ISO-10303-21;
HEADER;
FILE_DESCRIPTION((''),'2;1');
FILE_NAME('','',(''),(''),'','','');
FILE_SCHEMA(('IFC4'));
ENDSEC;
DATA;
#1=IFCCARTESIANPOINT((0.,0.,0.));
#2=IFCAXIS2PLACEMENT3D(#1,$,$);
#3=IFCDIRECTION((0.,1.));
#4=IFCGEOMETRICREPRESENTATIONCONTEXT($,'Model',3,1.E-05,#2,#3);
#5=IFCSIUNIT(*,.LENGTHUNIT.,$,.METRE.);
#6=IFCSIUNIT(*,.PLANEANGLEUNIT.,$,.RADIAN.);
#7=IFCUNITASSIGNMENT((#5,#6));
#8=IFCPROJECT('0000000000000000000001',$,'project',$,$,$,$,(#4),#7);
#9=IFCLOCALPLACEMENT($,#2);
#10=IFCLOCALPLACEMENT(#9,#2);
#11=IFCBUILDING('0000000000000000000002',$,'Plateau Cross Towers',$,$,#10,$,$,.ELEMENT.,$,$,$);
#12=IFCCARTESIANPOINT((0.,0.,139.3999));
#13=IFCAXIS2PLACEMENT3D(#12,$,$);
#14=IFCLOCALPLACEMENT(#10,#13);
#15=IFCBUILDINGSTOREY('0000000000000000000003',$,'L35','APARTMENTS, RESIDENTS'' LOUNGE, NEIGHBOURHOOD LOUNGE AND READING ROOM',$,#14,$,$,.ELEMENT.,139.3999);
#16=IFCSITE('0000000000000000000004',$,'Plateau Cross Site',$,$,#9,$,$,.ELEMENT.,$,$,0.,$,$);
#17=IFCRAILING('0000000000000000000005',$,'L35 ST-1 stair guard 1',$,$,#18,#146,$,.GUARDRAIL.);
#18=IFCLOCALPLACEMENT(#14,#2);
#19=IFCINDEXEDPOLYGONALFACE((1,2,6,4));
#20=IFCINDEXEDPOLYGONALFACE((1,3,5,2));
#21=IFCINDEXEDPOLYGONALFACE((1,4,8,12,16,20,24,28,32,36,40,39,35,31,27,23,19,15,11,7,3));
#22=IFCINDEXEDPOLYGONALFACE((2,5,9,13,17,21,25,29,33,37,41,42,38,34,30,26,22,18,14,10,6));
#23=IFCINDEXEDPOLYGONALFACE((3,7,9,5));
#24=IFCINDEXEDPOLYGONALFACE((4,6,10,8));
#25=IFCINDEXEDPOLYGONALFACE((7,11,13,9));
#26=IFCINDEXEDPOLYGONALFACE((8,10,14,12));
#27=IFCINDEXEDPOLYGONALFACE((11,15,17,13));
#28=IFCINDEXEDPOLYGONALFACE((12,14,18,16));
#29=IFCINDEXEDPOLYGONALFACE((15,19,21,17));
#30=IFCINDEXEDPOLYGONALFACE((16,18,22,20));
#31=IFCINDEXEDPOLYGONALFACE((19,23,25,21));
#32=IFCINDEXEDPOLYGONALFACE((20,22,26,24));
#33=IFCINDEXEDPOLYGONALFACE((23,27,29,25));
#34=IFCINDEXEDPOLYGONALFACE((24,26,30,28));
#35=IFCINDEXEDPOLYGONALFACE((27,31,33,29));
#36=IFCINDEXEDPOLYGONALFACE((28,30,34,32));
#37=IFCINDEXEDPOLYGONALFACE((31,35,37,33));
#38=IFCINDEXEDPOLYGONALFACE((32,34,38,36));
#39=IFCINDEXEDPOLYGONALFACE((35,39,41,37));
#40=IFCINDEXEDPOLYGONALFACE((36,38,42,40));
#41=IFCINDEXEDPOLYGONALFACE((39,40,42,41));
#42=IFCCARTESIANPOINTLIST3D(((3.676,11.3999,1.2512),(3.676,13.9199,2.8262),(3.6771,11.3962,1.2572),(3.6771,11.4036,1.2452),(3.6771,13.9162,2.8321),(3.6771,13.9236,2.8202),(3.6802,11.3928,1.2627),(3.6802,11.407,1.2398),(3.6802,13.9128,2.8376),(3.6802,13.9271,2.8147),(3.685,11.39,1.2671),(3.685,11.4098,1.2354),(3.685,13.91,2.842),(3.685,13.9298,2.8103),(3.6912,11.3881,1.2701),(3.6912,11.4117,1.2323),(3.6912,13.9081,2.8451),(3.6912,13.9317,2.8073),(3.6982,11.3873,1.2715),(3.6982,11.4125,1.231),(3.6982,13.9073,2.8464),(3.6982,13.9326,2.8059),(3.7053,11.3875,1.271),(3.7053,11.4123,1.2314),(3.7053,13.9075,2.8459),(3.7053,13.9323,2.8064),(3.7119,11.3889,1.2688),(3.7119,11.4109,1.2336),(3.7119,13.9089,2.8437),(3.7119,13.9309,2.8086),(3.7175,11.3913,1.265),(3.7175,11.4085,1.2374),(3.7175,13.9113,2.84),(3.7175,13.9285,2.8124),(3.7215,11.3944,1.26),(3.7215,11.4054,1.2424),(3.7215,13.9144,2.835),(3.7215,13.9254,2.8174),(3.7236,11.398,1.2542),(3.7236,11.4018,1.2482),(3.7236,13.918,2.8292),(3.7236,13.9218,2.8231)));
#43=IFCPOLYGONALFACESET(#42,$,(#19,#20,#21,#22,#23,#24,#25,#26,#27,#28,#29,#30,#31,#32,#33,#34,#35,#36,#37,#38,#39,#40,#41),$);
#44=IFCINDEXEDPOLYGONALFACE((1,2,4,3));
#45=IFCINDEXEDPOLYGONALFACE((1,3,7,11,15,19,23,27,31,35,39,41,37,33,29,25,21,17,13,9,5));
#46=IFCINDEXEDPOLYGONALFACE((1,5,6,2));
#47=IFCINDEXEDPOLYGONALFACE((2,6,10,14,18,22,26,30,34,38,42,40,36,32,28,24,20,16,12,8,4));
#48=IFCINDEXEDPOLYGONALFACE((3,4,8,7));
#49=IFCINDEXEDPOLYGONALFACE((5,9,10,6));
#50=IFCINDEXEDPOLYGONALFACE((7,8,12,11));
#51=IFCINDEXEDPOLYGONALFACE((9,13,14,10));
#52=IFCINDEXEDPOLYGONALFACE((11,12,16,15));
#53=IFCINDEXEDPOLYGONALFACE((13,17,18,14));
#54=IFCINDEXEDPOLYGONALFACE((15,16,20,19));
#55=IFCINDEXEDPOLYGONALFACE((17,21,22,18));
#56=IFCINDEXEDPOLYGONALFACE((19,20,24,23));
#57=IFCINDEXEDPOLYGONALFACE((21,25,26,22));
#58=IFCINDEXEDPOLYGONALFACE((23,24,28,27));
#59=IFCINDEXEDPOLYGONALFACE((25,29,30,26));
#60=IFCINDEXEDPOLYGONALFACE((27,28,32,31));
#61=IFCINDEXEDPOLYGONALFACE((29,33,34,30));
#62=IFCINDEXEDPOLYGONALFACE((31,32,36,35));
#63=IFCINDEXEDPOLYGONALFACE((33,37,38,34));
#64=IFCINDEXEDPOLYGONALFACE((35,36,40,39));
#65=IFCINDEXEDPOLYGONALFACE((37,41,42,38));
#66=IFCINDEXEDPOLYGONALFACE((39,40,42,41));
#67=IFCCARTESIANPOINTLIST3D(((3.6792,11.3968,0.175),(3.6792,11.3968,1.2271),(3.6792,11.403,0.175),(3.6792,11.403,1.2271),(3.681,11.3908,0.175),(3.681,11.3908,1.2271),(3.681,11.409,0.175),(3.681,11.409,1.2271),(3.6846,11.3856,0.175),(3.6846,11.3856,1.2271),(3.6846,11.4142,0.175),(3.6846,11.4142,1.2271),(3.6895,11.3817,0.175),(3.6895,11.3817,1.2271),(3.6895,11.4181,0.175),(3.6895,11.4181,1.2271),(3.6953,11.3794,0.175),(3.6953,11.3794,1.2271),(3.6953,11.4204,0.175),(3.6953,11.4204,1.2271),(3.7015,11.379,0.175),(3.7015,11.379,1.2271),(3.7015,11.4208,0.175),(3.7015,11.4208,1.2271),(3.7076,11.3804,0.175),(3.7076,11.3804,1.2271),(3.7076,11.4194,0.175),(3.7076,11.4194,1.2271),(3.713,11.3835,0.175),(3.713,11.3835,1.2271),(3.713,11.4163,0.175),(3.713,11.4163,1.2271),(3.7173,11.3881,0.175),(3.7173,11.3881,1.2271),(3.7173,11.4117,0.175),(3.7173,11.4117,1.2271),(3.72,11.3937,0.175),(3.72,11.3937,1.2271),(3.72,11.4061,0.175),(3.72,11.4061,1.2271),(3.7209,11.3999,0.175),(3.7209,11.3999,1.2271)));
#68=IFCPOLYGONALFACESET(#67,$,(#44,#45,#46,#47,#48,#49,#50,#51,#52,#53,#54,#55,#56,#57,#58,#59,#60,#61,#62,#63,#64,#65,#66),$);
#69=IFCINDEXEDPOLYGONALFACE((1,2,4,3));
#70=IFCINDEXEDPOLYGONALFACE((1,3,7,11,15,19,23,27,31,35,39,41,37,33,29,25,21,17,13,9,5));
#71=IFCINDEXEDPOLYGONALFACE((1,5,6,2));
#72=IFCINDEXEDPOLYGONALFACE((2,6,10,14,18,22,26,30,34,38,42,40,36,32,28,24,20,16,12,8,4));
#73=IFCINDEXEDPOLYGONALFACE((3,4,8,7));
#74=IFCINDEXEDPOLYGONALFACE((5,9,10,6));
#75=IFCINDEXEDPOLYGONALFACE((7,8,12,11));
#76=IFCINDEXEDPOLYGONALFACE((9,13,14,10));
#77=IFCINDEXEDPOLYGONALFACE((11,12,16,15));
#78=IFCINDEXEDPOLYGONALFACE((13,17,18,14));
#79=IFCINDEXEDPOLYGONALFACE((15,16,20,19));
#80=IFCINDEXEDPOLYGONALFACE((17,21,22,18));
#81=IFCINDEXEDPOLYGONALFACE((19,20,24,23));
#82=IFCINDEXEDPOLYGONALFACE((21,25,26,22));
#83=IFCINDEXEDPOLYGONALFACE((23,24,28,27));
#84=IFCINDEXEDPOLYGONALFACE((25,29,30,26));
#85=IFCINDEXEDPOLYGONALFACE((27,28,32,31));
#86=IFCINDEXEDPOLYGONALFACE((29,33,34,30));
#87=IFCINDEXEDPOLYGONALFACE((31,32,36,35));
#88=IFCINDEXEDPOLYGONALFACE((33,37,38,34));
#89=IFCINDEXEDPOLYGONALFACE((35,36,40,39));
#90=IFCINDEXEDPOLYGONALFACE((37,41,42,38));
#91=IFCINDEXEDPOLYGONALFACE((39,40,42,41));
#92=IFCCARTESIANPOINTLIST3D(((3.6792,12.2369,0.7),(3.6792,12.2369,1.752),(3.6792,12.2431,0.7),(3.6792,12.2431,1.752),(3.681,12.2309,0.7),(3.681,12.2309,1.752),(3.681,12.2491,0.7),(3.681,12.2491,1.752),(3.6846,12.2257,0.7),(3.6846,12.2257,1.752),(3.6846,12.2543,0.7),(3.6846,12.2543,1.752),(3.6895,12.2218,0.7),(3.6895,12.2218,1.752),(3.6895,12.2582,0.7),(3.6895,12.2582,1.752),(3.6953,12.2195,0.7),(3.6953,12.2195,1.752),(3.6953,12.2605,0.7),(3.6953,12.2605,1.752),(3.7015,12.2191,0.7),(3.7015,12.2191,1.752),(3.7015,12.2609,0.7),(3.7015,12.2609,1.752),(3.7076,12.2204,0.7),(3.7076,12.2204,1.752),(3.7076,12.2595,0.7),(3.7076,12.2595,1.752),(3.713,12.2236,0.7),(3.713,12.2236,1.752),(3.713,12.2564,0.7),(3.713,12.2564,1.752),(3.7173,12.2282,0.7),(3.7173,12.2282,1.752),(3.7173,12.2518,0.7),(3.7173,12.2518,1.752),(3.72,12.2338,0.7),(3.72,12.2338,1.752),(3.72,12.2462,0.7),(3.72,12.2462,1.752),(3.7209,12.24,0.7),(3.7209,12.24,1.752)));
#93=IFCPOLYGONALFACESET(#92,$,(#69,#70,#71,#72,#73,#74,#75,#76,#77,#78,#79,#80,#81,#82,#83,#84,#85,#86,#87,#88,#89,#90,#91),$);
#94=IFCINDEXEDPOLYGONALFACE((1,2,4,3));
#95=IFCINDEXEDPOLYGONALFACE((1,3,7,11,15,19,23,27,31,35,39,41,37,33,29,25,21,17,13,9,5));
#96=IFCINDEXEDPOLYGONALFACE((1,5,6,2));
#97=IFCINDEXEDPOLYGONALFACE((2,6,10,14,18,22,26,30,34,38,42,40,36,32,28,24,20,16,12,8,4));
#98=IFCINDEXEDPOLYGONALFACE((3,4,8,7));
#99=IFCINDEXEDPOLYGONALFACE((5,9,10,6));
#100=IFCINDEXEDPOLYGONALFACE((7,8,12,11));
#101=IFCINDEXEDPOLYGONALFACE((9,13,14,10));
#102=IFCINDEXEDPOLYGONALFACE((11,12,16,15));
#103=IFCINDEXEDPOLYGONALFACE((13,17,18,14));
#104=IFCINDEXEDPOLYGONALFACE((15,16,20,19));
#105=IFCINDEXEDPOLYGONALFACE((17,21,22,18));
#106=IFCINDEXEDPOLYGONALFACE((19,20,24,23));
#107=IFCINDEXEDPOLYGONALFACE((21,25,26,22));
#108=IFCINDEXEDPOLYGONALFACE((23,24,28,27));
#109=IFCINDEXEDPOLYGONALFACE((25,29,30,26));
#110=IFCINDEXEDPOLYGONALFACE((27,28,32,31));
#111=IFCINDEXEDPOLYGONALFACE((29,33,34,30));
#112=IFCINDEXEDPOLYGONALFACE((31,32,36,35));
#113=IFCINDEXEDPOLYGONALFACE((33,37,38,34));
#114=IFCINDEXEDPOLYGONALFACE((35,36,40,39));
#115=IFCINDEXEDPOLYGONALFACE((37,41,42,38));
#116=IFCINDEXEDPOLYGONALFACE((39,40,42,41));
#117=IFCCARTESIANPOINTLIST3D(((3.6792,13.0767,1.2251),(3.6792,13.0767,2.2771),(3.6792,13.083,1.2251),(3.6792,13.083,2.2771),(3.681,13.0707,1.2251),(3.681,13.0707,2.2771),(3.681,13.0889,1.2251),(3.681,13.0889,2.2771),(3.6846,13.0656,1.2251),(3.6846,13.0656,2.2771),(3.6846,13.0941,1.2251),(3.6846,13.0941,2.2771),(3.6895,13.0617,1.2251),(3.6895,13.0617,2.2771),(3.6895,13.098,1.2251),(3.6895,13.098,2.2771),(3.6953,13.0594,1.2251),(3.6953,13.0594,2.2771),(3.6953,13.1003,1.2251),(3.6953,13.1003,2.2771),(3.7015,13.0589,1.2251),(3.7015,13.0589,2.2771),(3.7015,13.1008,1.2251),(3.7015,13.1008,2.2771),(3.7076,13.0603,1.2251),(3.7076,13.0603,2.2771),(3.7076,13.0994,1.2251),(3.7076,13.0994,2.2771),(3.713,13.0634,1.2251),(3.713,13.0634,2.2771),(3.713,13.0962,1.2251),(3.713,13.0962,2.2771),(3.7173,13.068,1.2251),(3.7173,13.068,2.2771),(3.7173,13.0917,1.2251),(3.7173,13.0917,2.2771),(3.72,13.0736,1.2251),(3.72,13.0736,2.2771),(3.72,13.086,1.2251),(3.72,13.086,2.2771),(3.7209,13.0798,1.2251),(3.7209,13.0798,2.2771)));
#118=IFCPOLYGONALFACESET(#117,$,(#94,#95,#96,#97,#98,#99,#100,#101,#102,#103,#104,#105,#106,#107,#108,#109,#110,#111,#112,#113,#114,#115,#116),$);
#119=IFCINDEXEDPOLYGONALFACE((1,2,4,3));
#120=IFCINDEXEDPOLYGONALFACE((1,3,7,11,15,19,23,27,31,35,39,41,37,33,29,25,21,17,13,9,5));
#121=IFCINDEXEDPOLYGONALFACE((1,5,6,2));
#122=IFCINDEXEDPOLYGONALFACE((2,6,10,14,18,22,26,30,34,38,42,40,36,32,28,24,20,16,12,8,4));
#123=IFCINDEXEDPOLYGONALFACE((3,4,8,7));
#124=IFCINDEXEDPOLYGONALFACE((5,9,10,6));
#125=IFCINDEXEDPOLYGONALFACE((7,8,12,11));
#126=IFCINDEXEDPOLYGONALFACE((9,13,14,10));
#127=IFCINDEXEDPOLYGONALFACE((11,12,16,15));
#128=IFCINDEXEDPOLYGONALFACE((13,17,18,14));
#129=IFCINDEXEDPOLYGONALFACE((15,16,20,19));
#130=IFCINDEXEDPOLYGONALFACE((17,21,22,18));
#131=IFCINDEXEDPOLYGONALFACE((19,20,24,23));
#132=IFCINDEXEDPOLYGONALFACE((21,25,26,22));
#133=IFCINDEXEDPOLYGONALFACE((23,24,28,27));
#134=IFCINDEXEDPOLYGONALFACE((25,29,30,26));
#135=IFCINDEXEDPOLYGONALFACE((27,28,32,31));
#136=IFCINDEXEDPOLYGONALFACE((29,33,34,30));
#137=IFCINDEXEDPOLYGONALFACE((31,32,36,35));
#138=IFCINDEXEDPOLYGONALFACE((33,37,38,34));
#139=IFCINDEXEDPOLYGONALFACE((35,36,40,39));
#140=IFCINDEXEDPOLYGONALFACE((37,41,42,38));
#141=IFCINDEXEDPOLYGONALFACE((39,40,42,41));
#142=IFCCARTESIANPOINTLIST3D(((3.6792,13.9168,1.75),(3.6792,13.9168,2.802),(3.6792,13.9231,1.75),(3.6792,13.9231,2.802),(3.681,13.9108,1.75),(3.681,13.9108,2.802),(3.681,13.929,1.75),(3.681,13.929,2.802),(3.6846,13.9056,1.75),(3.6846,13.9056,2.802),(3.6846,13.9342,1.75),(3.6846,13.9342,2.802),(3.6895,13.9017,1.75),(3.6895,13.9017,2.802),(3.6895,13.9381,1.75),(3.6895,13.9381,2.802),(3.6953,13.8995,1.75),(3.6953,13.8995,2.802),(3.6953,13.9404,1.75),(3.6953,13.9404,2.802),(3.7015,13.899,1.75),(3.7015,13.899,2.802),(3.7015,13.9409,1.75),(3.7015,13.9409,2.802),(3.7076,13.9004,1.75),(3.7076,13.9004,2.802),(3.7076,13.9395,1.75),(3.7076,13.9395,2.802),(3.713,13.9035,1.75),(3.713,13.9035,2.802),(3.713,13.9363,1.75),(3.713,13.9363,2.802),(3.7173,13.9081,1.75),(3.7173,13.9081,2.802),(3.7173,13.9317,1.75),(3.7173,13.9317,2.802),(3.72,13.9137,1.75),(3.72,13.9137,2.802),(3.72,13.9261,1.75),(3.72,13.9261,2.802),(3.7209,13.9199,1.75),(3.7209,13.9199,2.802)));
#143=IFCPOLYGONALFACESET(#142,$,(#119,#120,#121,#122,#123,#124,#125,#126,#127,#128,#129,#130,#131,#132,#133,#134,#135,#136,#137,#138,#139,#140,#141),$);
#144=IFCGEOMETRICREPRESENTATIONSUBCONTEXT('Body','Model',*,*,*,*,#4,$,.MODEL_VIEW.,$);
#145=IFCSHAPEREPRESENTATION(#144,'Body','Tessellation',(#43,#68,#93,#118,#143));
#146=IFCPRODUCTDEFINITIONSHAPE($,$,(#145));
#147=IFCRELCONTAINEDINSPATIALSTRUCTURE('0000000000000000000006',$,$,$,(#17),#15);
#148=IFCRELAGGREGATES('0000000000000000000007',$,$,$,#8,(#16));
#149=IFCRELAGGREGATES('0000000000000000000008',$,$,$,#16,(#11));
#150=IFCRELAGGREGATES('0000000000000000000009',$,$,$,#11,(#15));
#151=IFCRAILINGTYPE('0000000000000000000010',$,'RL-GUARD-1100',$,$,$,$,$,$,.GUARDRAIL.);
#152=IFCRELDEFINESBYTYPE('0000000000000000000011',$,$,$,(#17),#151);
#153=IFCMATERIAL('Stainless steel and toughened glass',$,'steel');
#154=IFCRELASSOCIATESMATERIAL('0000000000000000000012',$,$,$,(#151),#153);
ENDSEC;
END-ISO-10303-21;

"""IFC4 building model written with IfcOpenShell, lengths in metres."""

from ifc_helpers import new_model, si_unit, direction, frame, origin, origin_2d, place, context, subcontext, project, spatial, circle, extrude, material, type_object, element, save


model = new_model("IFC4")

# Units and contexts
model_context = context("Model", 3, precision=1e-05, world=origin(), true_north=direction((0.0, 1.0)))
body_context = subcontext(model_context, "Body", "Model", "MODEL_VIEW")
ifc_project = project(units=[si_unit("LENGTHUNIT", "METRE"), si_unit("PLANEANGLEUNIT", "RADIAN")], contexts=[model_context])

# Site, building, storey
site_placement = place(None, origin())
site = spatial("IfcSite", under=ifc_project, at=site_placement, Name="Plateau Cross Site", CompositionType="ELEMENT", RefElevation=0.0)
building_placement = place(site_placement, origin())
building = spatial("IfcBuilding", under=site, at=building_placement, Name="Plateau Cross Towers", CompositionType="ELEMENT")
storey_placement = place(building_placement, frame((0.0, 0.0, 139.3999)))
storey = spatial("IfcBuildingStorey", under=building, at=storey_placement, Name="L35", Description="APARTMENTS, RESIDENTS' LOUNGE, NEIGHBOURHOOD LOUNGE AND READING ROOM", CompositionType="ELEMENT", Elevation=139.3999)

# Railing
ifc_material_1 = material(Name="Stainless steel and toughened glass", Category="steel")
railing_type_1 = type_object("IfcRailingType", Name="RL-GUARD-1100", PredefinedType="GUARDRAIL", material=ifc_material_1)
railing_1_placement = place(storey_placement, frame((3.7, 11.3999, 0.175)))
element("IfcRailing", 1, at=railing_1_placement, inside=storey, type_object=railing_type_1, Name="L35 ST-1 stair guard 1", PredefinedType="GUARDRAIL", context=body_context, shape_type="SweptSolid", body=[
    extrude(circle(Radius=0.0239, at=origin_2d()), frame((0.0, 0.0, 1.0762), z_axis=(0.0, 0.848008, 0.529984), x_axis=(-1.0, 0.0, 0.0)), (0.0, 0.0, 1.0), 2.9717),
    extrude(circle(Radius=0.021, at=origin_2d()), origin(), (0.0, 0.0, 1.0), 1.052),
    extrude(circle(Radius=0.021, at=origin_2d()), frame((0.0, 0.8401, 0.5249)), (0.0, 0.0, 1.0), 1.052),
    extrude(circle(Radius=0.021, at=origin_2d()), frame((0.0, 1.6799, 1.05)), (0.0, 0.0, 1.0), 1.052),
    extrude(circle(Radius=0.021, at=origin_2d()), frame((0.0, 2.52, 1.575)), (0.0, 0.0, 1.0), 1.052),
])

save(model, "model.ifc")
